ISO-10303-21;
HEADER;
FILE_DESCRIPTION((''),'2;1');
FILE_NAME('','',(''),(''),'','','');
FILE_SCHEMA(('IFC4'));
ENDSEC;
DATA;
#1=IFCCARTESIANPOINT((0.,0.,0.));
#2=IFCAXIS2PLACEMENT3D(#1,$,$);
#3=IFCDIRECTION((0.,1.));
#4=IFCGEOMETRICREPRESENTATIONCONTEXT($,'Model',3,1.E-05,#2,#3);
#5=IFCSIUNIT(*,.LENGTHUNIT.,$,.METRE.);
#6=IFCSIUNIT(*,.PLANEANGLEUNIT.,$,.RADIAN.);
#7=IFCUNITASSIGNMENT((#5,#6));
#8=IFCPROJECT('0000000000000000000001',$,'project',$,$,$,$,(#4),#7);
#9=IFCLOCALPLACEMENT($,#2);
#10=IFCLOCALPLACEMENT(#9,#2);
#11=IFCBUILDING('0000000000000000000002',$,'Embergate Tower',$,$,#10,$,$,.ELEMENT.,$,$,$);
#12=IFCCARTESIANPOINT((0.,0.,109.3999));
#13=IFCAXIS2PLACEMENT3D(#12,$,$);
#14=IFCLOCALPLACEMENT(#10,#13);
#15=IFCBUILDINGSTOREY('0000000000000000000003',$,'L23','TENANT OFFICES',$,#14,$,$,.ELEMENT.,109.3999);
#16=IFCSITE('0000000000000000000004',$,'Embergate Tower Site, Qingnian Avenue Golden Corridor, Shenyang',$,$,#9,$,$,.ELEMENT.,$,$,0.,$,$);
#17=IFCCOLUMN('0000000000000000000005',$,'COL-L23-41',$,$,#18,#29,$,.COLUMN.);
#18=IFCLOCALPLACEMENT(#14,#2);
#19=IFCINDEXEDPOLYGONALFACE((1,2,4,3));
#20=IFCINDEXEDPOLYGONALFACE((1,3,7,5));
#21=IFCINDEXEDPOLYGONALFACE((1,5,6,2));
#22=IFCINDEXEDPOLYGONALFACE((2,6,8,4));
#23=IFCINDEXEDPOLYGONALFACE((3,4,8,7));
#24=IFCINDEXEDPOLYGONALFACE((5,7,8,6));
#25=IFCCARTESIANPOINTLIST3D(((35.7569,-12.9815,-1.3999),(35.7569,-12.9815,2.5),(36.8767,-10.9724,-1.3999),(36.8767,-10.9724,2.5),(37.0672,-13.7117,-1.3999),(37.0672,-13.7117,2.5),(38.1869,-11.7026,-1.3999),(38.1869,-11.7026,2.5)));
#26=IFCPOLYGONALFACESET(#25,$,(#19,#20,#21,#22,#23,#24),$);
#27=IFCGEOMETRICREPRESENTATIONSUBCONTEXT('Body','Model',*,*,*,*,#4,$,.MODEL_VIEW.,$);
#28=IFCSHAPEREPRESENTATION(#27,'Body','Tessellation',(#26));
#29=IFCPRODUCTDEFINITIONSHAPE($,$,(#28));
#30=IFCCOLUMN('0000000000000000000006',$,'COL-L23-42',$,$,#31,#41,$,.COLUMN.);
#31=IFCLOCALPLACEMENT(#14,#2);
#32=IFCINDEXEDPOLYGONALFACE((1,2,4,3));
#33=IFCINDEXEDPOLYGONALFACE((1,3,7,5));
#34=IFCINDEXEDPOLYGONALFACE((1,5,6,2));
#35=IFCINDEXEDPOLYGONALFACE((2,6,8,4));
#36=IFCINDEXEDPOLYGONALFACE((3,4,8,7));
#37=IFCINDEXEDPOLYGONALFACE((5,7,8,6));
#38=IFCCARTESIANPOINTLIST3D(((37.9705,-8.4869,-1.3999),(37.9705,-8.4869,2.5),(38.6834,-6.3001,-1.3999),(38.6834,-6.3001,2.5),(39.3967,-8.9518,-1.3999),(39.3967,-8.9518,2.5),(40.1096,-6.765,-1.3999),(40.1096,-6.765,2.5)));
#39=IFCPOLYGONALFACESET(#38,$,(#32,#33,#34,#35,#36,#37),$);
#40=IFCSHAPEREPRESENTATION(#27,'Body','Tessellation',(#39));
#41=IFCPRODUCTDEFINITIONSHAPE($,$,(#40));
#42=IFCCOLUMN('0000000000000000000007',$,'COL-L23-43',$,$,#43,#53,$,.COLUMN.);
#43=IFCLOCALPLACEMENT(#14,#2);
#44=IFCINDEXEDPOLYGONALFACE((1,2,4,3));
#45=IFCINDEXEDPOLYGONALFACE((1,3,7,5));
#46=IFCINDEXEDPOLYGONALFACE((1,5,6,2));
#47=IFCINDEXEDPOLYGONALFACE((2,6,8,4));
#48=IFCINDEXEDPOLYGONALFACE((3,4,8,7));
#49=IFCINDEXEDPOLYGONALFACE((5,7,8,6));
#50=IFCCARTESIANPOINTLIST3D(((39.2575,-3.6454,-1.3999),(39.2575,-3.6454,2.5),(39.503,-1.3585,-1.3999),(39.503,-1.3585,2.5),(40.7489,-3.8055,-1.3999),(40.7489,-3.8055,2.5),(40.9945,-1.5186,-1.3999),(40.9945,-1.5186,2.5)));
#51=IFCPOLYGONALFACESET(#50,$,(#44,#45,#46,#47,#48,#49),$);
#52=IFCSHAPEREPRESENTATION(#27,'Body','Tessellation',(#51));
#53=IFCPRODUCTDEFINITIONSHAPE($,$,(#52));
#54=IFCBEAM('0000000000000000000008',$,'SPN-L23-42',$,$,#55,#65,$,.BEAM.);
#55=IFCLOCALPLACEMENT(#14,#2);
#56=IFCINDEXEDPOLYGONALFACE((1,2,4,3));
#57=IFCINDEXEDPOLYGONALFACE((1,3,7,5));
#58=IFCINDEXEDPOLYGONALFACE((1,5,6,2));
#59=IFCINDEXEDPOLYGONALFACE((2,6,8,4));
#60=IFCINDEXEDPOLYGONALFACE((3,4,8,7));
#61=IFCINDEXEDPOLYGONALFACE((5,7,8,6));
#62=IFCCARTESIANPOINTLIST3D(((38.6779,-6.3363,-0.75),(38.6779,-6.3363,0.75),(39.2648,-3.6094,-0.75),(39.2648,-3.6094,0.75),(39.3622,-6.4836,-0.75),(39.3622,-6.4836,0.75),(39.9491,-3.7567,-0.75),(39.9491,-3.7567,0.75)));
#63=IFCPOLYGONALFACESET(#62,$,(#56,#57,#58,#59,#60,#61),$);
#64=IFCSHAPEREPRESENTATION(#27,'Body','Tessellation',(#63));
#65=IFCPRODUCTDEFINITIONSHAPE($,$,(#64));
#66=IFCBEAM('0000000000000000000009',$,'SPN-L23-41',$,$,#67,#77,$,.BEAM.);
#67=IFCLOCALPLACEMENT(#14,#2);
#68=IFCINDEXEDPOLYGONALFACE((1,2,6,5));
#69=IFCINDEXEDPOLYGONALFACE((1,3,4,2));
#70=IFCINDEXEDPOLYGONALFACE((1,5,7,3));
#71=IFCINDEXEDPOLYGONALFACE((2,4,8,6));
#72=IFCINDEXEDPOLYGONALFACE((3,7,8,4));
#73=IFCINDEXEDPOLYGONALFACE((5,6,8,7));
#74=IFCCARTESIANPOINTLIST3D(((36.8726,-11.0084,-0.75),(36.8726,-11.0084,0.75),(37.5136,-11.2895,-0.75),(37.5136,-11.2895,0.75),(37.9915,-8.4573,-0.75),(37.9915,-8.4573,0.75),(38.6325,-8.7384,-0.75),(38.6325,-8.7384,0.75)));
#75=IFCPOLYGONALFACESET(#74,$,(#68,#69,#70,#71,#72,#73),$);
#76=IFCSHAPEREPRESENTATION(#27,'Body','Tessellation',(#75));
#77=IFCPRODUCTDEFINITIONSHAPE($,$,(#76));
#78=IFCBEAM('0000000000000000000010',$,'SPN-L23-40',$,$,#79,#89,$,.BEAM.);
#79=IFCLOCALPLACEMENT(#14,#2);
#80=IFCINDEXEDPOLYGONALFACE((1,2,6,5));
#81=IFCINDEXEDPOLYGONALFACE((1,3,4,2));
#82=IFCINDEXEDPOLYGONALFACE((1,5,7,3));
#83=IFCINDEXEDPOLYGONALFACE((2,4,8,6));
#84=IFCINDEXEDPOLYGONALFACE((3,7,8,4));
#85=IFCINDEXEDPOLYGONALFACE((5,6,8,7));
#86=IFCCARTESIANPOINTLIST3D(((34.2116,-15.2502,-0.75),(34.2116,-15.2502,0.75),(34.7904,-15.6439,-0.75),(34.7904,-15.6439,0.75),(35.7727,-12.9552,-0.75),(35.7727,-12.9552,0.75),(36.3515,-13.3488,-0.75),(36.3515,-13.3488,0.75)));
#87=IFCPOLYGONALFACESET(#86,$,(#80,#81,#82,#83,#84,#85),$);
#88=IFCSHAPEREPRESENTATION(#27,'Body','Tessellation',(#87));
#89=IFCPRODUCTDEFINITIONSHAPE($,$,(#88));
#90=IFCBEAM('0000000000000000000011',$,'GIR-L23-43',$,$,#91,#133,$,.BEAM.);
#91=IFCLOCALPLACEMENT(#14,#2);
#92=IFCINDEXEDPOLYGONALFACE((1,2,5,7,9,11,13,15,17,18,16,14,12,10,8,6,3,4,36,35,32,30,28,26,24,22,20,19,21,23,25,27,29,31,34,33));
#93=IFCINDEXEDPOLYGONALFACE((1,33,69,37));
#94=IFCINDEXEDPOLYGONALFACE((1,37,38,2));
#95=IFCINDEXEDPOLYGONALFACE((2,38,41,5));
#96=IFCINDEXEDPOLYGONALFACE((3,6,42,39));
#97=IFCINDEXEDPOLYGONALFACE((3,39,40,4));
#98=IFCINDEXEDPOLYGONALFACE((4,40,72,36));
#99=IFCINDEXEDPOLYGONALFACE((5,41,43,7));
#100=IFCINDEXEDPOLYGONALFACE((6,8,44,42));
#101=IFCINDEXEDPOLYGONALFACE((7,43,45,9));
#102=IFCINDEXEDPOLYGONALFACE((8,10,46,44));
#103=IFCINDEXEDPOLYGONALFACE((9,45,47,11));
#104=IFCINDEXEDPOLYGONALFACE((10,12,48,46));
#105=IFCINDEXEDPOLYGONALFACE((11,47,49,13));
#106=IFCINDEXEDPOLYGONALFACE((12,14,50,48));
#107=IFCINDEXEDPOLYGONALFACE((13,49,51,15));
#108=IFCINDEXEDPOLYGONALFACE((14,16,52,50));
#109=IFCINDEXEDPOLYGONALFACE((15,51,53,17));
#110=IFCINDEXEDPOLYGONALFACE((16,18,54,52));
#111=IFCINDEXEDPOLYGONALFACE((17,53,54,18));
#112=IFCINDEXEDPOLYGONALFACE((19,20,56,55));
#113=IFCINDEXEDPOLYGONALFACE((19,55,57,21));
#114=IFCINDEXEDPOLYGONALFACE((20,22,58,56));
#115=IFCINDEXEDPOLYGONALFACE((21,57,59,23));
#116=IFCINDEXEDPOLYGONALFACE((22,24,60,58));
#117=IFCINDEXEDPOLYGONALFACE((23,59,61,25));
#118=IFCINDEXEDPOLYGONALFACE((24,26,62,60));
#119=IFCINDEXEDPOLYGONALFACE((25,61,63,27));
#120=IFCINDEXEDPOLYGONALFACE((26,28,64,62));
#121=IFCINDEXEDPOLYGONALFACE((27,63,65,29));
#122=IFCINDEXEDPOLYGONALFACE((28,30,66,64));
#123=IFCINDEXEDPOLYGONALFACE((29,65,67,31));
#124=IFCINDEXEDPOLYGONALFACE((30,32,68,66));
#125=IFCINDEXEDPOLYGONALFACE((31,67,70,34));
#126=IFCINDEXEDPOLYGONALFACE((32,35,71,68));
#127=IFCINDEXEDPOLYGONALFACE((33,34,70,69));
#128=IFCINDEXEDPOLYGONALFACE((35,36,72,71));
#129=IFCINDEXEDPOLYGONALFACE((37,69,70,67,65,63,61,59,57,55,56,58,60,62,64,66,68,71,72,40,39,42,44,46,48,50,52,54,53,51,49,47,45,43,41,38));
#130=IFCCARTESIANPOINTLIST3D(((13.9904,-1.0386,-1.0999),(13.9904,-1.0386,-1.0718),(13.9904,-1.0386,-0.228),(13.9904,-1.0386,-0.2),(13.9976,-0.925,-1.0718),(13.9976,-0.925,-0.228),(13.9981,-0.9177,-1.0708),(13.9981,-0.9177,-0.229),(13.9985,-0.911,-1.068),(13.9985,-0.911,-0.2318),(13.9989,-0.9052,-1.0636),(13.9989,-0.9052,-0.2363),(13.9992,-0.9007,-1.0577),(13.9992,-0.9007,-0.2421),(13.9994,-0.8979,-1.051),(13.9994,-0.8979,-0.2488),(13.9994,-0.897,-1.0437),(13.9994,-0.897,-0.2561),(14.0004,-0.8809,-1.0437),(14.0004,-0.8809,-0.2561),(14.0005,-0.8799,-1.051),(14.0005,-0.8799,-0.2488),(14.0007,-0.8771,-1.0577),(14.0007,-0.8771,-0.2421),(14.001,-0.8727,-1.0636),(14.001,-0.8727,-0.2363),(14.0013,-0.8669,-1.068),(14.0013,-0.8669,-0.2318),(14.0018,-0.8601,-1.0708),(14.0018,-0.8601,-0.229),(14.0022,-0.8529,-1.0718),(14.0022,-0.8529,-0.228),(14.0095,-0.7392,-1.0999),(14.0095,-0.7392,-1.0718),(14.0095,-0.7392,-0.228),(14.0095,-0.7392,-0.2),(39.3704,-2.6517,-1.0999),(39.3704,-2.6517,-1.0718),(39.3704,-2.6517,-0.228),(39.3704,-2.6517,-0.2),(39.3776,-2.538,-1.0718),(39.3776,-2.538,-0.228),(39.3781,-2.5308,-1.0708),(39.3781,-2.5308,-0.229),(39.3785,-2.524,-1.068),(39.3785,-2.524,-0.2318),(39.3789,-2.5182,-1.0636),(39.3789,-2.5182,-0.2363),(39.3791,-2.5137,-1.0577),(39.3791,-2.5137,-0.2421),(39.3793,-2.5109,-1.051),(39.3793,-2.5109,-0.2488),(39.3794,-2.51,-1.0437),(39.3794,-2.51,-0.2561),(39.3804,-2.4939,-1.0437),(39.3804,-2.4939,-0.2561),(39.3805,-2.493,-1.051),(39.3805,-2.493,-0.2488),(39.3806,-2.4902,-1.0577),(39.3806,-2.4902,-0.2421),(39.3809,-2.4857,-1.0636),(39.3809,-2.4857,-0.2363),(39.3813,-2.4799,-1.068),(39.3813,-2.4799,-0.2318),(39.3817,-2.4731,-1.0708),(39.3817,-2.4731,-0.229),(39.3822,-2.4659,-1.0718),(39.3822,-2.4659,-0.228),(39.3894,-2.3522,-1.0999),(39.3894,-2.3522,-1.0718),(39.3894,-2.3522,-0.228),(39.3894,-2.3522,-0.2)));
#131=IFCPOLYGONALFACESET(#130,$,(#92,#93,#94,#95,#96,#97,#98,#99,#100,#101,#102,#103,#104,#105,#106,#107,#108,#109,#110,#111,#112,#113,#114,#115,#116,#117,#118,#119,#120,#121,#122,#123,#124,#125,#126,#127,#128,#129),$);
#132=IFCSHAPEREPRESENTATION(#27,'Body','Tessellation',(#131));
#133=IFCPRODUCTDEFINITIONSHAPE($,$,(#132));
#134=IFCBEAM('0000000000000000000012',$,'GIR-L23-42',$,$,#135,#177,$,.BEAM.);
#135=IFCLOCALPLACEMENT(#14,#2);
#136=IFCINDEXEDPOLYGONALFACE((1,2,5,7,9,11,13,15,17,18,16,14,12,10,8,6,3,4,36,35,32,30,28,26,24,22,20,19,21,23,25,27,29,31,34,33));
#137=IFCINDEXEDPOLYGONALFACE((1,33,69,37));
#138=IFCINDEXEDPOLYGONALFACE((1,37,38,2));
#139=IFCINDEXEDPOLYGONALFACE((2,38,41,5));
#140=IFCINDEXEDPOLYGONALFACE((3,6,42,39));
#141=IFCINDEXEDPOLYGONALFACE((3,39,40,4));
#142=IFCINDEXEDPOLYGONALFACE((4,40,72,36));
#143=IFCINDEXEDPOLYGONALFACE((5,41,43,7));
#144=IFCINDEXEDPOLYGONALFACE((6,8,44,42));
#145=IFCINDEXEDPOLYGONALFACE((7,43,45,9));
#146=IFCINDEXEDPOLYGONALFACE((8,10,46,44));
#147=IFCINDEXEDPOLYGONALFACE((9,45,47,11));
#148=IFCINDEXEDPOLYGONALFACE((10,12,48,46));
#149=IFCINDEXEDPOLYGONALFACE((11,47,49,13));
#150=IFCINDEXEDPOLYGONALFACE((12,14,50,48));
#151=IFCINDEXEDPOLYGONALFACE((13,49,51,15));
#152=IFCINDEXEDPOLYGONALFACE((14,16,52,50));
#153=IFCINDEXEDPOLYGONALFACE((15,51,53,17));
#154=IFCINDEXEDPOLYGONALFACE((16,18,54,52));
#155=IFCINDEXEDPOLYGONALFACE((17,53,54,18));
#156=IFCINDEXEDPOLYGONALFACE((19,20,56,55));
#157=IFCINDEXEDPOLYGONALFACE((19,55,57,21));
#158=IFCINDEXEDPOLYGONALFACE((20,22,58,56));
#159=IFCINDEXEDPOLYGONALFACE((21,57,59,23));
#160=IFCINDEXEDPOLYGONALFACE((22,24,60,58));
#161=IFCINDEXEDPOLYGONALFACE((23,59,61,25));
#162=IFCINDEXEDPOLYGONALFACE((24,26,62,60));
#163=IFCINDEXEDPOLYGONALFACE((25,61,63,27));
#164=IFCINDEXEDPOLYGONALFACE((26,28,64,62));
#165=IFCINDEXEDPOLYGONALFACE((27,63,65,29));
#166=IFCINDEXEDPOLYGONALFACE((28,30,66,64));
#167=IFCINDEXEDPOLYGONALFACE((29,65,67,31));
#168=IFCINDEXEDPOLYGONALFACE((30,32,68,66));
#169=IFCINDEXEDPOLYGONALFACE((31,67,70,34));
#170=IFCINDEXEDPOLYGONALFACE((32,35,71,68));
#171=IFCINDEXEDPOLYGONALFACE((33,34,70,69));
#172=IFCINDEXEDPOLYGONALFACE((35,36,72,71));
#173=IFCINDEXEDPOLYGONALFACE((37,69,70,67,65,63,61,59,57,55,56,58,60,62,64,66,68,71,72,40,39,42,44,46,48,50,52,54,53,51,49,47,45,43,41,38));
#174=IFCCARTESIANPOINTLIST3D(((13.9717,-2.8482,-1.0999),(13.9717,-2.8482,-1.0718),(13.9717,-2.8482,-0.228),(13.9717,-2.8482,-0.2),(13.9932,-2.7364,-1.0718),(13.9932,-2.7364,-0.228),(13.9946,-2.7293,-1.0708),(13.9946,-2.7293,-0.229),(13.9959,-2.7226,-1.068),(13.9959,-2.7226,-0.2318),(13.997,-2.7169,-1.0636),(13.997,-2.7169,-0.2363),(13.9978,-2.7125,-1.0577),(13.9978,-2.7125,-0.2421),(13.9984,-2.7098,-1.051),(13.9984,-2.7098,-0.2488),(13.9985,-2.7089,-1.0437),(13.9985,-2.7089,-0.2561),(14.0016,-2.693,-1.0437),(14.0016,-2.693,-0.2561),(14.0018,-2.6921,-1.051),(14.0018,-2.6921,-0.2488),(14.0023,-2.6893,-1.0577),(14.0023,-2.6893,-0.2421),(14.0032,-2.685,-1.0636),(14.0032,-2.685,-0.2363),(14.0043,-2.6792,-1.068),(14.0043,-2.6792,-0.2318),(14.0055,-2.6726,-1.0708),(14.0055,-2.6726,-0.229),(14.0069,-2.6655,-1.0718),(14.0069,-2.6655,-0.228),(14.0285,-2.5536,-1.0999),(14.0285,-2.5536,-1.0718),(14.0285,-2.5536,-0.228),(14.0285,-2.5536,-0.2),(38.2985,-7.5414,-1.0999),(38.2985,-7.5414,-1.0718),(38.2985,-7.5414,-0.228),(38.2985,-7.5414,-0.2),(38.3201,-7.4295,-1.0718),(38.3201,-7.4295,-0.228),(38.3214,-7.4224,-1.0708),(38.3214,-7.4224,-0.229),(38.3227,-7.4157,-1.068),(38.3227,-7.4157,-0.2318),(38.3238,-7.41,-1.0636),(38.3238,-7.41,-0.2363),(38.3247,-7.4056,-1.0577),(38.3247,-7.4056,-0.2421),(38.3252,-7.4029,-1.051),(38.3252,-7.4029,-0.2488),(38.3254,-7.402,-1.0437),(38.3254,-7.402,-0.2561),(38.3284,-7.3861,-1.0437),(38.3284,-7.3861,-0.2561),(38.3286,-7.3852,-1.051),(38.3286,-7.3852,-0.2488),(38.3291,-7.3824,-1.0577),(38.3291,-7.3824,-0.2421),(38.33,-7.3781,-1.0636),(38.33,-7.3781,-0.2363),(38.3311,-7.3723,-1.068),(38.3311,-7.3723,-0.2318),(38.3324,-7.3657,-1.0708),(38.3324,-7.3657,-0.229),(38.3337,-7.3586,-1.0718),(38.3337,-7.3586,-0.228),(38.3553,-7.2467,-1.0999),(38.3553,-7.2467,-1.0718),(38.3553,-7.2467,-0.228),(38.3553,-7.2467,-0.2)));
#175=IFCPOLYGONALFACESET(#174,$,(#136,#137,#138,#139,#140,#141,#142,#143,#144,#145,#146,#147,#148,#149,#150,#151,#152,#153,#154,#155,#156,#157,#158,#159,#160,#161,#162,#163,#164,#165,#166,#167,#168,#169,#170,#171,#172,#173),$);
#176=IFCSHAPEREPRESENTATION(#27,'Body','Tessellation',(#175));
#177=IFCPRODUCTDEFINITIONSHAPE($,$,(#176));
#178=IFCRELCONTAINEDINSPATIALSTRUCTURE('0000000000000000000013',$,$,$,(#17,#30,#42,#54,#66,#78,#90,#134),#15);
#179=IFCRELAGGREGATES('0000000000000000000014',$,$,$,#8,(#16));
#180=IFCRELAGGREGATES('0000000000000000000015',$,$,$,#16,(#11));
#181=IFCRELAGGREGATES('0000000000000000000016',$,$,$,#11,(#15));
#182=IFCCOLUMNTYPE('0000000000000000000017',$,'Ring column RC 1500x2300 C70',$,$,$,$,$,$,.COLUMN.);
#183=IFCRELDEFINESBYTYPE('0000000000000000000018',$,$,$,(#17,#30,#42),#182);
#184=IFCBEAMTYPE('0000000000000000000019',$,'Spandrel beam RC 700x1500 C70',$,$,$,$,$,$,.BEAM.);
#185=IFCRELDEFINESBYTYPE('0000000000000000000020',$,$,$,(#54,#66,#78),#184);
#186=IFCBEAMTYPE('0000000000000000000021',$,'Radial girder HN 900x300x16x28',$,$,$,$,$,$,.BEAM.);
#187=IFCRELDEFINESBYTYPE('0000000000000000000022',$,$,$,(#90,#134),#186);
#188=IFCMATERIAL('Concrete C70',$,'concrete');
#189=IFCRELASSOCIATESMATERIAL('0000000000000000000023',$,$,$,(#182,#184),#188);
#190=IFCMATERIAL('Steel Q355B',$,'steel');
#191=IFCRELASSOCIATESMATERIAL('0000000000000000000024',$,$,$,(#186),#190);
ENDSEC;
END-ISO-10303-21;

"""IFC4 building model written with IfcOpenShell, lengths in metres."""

from ifc_helpers import new_model, si_unit, direction, frame, origin, origin_2d, place, context, subcontext, project, spatial, rectangle, i_section, extrude, source, transform, mapped, material, material_profile, profile_set, type_object, element, save


model = new_model("IFC4")

# Units and contexts
model_context = context("Model", 3, precision=1e-05, world=origin(), true_north=direction((0.0, 1.0)))
body_context = subcontext(model_context, "Body", "Model", "MODEL_VIEW")
ifc_project = project(units=[si_unit("LENGTHUNIT", "METRE"), si_unit("PLANEANGLEUNIT", "RADIAN")], contexts=[model_context])

# Site, building, storey
site_placement = place(None, origin())
site = spatial("IfcSite", under=ifc_project, at=site_placement, Name="Embergate Tower Site, Qingnian Avenue Golden Corridor, Shenyang", CompositionType="ELEMENT", RefElevation=0.0)
building_placement = place(site_placement, origin())
building = spatial("IfcBuilding", under=site, at=building_placement, Name="Embergate Tower", CompositionType="ELEMENT")
storey_placement = place(building_placement, frame((0.0, 0.0, 109.3999)))
storey = spatial("IfcBuildingStorey", under=building, at=storey_placement, Name="L23", Description="TENANT OFFICES", CompositionType="ELEMENT", Elevation=109.3999)

# Columns
ifc_material_1 = material(Name="Concrete C70", Category="concrete")
ifc_material_profile_1 = material_profile(ifc_material_1, rectangle(XDim=1.5, YDim=2.3, at=origin_2d()), Name="RC 1500x2300")
ifc_profile_set_1 = profile_set([ifc_material_profile_1], Name="Concrete C70")
column_type = type_object("IfcColumnType", Name="Ring column RC 1500x2300 C70", PredefinedType="COLUMN", material=ifc_profile_set_1)
shared_shape_1 = source(origin(), body_context, "Body", "SweptSolid", [
    extrude(rectangle(XDim=1.5, YDim=2.3, at=origin_2d()), origin(), (0.0, 0.0, 1.0), 3.8999),
])
for number, where, z_axis, x_axis, name in (
    (1, (36.9719, -12.342, -1.3999), (0.0, 0.0, 1.0), (0.8735, -0.486823, 0.0), "COL-L23-41"),
    (2, (39.04, -7.626, -1.3999), (0.0, 0.0, 1.0), (0.950754, -0.309946, 0.0), "COL-L23-42"),
    (3, (40.126, -2.582, -1.3999), (0.0, 0.0, 1.0), (0.994286, -0.10675, 0.0), "COL-L23-43"),
):
    element("IfcColumn", number, at=place(storey_placement, frame(where, z_axis=z_axis, x_axis=x_axis)), inside=storey, type_object=column_type, Name=name, PredefinedType="COLUMN", context=body_context, shape_type="MappedRepresentation", body=[
        mapped(shared_shape_1, transform((0.0, 0.0, 0.0))),
    ])

# Beams
ifc_material_profile_2 = material_profile(ifc_material_1, rectangle(XDim=0.7, YDim=1.5, at=origin_2d()), Name="RC 700x1500")
ifc_profile_set_2 = profile_set([ifc_material_profile_2], Name="Concrete C70")
beam_type_1 = type_object("IfcBeamType", Name="Spandrel beam RC 700x1500 C70", PredefinedType="BEAM", material=ifc_profile_set_2)
shared_shape_2 = source(origin(), body_context, "Body", "SweptSolid", [
    extrude(rectangle(XDim=0.7, YDim=1.5, at=origin_2d()), origin(), (0.0, 0.0, 1.0), 2.7893),
])
beam_1_placement = place(storey_placement, frame((39.02, -6.4099, 0.0), z_axis=(0.21042, 0.977611, 0.0), x_axis=(-0.977611, 0.21042, 0.0)))
element("IfcBeam", 4, at=beam_1_placement, inside=storey, type_object=beam_type_1, Name="SPN-L23-42", PredefinedType="BEAM", context=body_context, shape_type="MappedRepresentation", body=[
    mapped(shared_shape_2, transform((0.0, 0.0, 0.0))),
])
shared_shape_3 = source(origin(), body_context, "Body", "SweptSolid", [
    extrude(rectangle(XDim=0.7, YDim=1.5, at=origin_2d()), origin(), (0.0, 0.0, 1.0), 2.7856),
])
beam_2_placement = place(storey_placement, frame((37.1931, -11.1489, 0.0), z_axis=(0.401669, 0.915785, 0.0), x_axis=(-0.915785, 0.401669, 0.0)))
element("IfcBeam", 5, at=beam_2_placement, inside=storey, type_object=beam_type_1, Name="SPN-L23-41", PredefinedType="BEAM", context=body_context, shape_type="MappedRepresentation", body=[
    mapped(shared_shape_3, transform((0.0, 0.0, 0.0))),
])
shared_shape_4 = source(origin(), body_context, "Body", "SweptSolid", [
    extrude(rectangle(XDim=0.7, YDim=1.5, at=origin_2d()), origin(), (0.0, 0.0, 1.0), 2.7756),
])
beam_3_placement = place(storey_placement, frame((34.501, -15.447, 0.0), z_axis=(0.56243, 0.826845, 0.0), x_axis=(-0.826845, 0.56243, 0.0)))
element("IfcBeam", 6, at=beam_3_placement, inside=storey, type_object=beam_type_1, Name="SPN-L23-40", PredefinedType="BEAM", context=body_context, shape_type="MappedRepresentation", body=[
    mapped(shared_shape_4, transform((0.0, 0.0, 0.0))),
])
ifc_material_2 = material(Name="Steel Q355B", Category="steel")
ifc_material_profile_3 = material_profile(ifc_material_2, i_section(OverallWidth=0.3, OverallDepth=0.8999, WebThickness=0.0161, FlangeThickness=0.0281, FilletRadius=0.0281, at=origin_2d()), Name="HN 900x300x16x28")
ifc_profile_set_3 = profile_set([ifc_material_profile_3], Name="Steel Q355 grade B")
beam_type_2 = type_object("IfcBeamType", Name="Radial girder HN 900x300x16x28", PredefinedType="BEAM", material=ifc_profile_set_3)
shared_shape_5 = source(origin(), body_context, "Body", "SweptSolid", [
    extrude(i_section(OverallWidth=0.3, OverallDepth=0.8999, WebThickness=0.0161, FlangeThickness=0.0281, FilletRadius=0.0281, at=origin_2d()), origin(), (0.0, 0.0, 1.0), 25.4312),
])
beam_4_placement = place(storey_placement, frame((39.3799, -2.502, -0.6499), z_axis=(-0.997986, 0.063428, 0.0), x_axis=(-0.063428, -0.997986, 0.0)))
element("IfcBeam", 7, at=beam_4_placement, inside=storey, type_object=beam_type_2, Name="GIR-L23-43", PredefinedType="BEAM", context=body_context, shape_type="MappedRepresentation", body=[
    mapped(shared_shape_5, transform((0.0, 0.0, 0.0))),
])
shared_shape_6 = source(origin(), body_context, "Body", "SweptSolid", [
    extrude(i_section(OverallWidth=0.3, OverallDepth=0.8999, WebThickness=0.0161, FlangeThickness=0.0281, FilletRadius=0.0281, at=origin_2d()), origin(), (0.0, 0.0, 1.0), 24.7754),
])
beam_5_placement = place(storey_placement, frame((38.3269, -7.394, -0.6499), z_axis=(-0.981895, 0.189426, 0.0), x_axis=(-0.189426, -0.981895, 0.0)))
element("IfcBeam", 8, at=beam_5_placement, inside=storey, type_object=beam_type_2, Name="GIR-L23-42", PredefinedType="BEAM", context=body_context, shape_type="MappedRepresentation", body=[
    mapped(shared_shape_6, transform((0.0, 0.0, 0.0))),
])

save(model, "model.ifc")
